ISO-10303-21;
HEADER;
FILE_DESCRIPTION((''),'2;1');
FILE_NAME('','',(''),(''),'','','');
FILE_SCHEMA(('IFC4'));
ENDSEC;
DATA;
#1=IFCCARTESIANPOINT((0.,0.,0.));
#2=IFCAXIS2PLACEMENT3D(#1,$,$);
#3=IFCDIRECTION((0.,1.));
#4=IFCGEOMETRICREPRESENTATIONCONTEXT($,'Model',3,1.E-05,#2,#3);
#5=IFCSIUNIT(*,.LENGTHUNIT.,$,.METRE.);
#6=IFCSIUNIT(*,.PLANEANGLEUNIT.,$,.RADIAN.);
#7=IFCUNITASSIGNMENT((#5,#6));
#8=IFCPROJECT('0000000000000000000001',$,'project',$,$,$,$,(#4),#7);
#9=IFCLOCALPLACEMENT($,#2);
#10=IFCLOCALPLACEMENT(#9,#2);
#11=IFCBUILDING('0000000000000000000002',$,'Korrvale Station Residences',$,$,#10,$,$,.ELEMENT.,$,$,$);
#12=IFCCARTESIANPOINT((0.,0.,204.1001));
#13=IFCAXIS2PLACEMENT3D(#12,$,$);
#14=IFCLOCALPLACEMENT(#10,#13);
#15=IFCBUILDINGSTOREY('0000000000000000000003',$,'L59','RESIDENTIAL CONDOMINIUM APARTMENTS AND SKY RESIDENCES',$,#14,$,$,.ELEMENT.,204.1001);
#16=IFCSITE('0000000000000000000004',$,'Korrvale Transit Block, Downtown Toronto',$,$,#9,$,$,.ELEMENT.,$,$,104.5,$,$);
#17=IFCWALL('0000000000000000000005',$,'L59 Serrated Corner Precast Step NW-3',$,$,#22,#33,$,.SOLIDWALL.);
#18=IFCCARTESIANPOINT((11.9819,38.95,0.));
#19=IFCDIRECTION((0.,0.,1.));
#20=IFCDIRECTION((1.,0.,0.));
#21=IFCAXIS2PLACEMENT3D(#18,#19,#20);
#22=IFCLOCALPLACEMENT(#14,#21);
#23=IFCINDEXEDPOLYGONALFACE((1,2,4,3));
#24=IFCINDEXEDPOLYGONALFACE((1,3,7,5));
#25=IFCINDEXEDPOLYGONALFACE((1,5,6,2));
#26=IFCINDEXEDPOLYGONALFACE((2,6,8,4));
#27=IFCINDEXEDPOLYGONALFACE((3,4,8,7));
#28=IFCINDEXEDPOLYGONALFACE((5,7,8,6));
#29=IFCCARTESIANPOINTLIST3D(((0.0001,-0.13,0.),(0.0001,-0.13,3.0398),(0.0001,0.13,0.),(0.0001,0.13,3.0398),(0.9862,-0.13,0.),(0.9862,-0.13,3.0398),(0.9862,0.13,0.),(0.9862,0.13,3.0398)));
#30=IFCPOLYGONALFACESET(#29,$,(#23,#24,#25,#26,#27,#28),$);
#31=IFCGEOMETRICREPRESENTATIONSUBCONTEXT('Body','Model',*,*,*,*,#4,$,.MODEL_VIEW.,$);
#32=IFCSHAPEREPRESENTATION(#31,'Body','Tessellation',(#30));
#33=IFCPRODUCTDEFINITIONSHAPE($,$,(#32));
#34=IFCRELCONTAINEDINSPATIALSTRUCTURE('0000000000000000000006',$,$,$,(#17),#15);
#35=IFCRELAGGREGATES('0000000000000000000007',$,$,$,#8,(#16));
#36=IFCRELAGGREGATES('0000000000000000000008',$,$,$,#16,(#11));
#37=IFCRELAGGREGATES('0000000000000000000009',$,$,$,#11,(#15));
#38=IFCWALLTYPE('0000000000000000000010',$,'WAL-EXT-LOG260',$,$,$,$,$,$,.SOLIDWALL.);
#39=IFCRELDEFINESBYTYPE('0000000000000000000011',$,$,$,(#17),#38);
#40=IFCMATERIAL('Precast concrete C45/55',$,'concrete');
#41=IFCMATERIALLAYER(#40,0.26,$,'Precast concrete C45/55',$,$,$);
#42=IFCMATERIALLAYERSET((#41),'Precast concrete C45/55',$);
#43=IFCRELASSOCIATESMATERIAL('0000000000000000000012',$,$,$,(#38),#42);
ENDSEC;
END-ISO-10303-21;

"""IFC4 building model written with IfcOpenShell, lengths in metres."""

from ifc_helpers import new_model, si_unit, direction, frame, frame_2d, origin, place, context, subcontext, project, spatial, rectangle, extrude, material, layer, layer_set, type_object, element, save


model = new_model("IFC4")

# Units and contexts
model_context = context("Model", 3, precision=1e-05, world=origin(), true_north=direction((0.0, 1.0)))
body_context = subcontext(model_context, "Body", "Model", "MODEL_VIEW")
ifc_project = project(units=[si_unit("LENGTHUNIT", "METRE"), si_unit("PLANEANGLEUNIT", "RADIAN")], contexts=[model_context])

# Site, building, storey
site_placement = place(None, origin())
site = spatial("IfcSite", under=ifc_project, at=site_placement, Name="Korrvale Transit Block, Downtown Toronto", CompositionType="ELEMENT", RefElevation=104.5)
building_placement = place(site_placement, origin())
building = spatial("IfcBuilding", under=site, at=building_placement, Name="Korrvale Station Residences", CompositionType="ELEMENT")
storey_placement = place(building_placement, frame((0.0, 0.0, 204.1001)))
storey = spatial("IfcBuildingStorey", under=building, at=storey_placement, Name="L59", Description="RESIDENTIAL CONDOMINIUM APARTMENTS AND SKY RESIDENCES", CompositionType="ELEMENT", Elevation=204.1001)

# Wall
ifc_material_1 = material(Name="Precast concrete C45/55", Category="concrete")
ifc_layer_1 = layer(ifc_material_1, 0.26, Name="Precast concrete C45/55")
ifc_layer_set_1 = layer_set([ifc_layer_1], Name="Precast concrete C45/55")
wall_type_1 = type_object("IfcWallType", Name="WAL-EXT-LOG260", PredefinedType="SOLIDWALL", material=ifc_layer_set_1)
wall_1_placement = place(storey_placement, frame((11.9819, 38.95, 0.0), z_axis=(0.0, 0.0, 1.0), x_axis=(1.0, 0.0, 0.0)))
element("IfcWall", 1, at=wall_1_placement, inside=storey, type_object=wall_type_1, Name="L59 Serrated Corner Precast Step NW-3", PredefinedType="SOLIDWALL", context=body_context, shape_type="SweptSolid", body=[
    extrude(rectangle(XDim=0.9861, YDim=0.26, at=frame_2d((0.4932, 0.0))), origin(), (0.0, 0.0, 1.0), 3.0398),
])

save(model, "model.ifc")
